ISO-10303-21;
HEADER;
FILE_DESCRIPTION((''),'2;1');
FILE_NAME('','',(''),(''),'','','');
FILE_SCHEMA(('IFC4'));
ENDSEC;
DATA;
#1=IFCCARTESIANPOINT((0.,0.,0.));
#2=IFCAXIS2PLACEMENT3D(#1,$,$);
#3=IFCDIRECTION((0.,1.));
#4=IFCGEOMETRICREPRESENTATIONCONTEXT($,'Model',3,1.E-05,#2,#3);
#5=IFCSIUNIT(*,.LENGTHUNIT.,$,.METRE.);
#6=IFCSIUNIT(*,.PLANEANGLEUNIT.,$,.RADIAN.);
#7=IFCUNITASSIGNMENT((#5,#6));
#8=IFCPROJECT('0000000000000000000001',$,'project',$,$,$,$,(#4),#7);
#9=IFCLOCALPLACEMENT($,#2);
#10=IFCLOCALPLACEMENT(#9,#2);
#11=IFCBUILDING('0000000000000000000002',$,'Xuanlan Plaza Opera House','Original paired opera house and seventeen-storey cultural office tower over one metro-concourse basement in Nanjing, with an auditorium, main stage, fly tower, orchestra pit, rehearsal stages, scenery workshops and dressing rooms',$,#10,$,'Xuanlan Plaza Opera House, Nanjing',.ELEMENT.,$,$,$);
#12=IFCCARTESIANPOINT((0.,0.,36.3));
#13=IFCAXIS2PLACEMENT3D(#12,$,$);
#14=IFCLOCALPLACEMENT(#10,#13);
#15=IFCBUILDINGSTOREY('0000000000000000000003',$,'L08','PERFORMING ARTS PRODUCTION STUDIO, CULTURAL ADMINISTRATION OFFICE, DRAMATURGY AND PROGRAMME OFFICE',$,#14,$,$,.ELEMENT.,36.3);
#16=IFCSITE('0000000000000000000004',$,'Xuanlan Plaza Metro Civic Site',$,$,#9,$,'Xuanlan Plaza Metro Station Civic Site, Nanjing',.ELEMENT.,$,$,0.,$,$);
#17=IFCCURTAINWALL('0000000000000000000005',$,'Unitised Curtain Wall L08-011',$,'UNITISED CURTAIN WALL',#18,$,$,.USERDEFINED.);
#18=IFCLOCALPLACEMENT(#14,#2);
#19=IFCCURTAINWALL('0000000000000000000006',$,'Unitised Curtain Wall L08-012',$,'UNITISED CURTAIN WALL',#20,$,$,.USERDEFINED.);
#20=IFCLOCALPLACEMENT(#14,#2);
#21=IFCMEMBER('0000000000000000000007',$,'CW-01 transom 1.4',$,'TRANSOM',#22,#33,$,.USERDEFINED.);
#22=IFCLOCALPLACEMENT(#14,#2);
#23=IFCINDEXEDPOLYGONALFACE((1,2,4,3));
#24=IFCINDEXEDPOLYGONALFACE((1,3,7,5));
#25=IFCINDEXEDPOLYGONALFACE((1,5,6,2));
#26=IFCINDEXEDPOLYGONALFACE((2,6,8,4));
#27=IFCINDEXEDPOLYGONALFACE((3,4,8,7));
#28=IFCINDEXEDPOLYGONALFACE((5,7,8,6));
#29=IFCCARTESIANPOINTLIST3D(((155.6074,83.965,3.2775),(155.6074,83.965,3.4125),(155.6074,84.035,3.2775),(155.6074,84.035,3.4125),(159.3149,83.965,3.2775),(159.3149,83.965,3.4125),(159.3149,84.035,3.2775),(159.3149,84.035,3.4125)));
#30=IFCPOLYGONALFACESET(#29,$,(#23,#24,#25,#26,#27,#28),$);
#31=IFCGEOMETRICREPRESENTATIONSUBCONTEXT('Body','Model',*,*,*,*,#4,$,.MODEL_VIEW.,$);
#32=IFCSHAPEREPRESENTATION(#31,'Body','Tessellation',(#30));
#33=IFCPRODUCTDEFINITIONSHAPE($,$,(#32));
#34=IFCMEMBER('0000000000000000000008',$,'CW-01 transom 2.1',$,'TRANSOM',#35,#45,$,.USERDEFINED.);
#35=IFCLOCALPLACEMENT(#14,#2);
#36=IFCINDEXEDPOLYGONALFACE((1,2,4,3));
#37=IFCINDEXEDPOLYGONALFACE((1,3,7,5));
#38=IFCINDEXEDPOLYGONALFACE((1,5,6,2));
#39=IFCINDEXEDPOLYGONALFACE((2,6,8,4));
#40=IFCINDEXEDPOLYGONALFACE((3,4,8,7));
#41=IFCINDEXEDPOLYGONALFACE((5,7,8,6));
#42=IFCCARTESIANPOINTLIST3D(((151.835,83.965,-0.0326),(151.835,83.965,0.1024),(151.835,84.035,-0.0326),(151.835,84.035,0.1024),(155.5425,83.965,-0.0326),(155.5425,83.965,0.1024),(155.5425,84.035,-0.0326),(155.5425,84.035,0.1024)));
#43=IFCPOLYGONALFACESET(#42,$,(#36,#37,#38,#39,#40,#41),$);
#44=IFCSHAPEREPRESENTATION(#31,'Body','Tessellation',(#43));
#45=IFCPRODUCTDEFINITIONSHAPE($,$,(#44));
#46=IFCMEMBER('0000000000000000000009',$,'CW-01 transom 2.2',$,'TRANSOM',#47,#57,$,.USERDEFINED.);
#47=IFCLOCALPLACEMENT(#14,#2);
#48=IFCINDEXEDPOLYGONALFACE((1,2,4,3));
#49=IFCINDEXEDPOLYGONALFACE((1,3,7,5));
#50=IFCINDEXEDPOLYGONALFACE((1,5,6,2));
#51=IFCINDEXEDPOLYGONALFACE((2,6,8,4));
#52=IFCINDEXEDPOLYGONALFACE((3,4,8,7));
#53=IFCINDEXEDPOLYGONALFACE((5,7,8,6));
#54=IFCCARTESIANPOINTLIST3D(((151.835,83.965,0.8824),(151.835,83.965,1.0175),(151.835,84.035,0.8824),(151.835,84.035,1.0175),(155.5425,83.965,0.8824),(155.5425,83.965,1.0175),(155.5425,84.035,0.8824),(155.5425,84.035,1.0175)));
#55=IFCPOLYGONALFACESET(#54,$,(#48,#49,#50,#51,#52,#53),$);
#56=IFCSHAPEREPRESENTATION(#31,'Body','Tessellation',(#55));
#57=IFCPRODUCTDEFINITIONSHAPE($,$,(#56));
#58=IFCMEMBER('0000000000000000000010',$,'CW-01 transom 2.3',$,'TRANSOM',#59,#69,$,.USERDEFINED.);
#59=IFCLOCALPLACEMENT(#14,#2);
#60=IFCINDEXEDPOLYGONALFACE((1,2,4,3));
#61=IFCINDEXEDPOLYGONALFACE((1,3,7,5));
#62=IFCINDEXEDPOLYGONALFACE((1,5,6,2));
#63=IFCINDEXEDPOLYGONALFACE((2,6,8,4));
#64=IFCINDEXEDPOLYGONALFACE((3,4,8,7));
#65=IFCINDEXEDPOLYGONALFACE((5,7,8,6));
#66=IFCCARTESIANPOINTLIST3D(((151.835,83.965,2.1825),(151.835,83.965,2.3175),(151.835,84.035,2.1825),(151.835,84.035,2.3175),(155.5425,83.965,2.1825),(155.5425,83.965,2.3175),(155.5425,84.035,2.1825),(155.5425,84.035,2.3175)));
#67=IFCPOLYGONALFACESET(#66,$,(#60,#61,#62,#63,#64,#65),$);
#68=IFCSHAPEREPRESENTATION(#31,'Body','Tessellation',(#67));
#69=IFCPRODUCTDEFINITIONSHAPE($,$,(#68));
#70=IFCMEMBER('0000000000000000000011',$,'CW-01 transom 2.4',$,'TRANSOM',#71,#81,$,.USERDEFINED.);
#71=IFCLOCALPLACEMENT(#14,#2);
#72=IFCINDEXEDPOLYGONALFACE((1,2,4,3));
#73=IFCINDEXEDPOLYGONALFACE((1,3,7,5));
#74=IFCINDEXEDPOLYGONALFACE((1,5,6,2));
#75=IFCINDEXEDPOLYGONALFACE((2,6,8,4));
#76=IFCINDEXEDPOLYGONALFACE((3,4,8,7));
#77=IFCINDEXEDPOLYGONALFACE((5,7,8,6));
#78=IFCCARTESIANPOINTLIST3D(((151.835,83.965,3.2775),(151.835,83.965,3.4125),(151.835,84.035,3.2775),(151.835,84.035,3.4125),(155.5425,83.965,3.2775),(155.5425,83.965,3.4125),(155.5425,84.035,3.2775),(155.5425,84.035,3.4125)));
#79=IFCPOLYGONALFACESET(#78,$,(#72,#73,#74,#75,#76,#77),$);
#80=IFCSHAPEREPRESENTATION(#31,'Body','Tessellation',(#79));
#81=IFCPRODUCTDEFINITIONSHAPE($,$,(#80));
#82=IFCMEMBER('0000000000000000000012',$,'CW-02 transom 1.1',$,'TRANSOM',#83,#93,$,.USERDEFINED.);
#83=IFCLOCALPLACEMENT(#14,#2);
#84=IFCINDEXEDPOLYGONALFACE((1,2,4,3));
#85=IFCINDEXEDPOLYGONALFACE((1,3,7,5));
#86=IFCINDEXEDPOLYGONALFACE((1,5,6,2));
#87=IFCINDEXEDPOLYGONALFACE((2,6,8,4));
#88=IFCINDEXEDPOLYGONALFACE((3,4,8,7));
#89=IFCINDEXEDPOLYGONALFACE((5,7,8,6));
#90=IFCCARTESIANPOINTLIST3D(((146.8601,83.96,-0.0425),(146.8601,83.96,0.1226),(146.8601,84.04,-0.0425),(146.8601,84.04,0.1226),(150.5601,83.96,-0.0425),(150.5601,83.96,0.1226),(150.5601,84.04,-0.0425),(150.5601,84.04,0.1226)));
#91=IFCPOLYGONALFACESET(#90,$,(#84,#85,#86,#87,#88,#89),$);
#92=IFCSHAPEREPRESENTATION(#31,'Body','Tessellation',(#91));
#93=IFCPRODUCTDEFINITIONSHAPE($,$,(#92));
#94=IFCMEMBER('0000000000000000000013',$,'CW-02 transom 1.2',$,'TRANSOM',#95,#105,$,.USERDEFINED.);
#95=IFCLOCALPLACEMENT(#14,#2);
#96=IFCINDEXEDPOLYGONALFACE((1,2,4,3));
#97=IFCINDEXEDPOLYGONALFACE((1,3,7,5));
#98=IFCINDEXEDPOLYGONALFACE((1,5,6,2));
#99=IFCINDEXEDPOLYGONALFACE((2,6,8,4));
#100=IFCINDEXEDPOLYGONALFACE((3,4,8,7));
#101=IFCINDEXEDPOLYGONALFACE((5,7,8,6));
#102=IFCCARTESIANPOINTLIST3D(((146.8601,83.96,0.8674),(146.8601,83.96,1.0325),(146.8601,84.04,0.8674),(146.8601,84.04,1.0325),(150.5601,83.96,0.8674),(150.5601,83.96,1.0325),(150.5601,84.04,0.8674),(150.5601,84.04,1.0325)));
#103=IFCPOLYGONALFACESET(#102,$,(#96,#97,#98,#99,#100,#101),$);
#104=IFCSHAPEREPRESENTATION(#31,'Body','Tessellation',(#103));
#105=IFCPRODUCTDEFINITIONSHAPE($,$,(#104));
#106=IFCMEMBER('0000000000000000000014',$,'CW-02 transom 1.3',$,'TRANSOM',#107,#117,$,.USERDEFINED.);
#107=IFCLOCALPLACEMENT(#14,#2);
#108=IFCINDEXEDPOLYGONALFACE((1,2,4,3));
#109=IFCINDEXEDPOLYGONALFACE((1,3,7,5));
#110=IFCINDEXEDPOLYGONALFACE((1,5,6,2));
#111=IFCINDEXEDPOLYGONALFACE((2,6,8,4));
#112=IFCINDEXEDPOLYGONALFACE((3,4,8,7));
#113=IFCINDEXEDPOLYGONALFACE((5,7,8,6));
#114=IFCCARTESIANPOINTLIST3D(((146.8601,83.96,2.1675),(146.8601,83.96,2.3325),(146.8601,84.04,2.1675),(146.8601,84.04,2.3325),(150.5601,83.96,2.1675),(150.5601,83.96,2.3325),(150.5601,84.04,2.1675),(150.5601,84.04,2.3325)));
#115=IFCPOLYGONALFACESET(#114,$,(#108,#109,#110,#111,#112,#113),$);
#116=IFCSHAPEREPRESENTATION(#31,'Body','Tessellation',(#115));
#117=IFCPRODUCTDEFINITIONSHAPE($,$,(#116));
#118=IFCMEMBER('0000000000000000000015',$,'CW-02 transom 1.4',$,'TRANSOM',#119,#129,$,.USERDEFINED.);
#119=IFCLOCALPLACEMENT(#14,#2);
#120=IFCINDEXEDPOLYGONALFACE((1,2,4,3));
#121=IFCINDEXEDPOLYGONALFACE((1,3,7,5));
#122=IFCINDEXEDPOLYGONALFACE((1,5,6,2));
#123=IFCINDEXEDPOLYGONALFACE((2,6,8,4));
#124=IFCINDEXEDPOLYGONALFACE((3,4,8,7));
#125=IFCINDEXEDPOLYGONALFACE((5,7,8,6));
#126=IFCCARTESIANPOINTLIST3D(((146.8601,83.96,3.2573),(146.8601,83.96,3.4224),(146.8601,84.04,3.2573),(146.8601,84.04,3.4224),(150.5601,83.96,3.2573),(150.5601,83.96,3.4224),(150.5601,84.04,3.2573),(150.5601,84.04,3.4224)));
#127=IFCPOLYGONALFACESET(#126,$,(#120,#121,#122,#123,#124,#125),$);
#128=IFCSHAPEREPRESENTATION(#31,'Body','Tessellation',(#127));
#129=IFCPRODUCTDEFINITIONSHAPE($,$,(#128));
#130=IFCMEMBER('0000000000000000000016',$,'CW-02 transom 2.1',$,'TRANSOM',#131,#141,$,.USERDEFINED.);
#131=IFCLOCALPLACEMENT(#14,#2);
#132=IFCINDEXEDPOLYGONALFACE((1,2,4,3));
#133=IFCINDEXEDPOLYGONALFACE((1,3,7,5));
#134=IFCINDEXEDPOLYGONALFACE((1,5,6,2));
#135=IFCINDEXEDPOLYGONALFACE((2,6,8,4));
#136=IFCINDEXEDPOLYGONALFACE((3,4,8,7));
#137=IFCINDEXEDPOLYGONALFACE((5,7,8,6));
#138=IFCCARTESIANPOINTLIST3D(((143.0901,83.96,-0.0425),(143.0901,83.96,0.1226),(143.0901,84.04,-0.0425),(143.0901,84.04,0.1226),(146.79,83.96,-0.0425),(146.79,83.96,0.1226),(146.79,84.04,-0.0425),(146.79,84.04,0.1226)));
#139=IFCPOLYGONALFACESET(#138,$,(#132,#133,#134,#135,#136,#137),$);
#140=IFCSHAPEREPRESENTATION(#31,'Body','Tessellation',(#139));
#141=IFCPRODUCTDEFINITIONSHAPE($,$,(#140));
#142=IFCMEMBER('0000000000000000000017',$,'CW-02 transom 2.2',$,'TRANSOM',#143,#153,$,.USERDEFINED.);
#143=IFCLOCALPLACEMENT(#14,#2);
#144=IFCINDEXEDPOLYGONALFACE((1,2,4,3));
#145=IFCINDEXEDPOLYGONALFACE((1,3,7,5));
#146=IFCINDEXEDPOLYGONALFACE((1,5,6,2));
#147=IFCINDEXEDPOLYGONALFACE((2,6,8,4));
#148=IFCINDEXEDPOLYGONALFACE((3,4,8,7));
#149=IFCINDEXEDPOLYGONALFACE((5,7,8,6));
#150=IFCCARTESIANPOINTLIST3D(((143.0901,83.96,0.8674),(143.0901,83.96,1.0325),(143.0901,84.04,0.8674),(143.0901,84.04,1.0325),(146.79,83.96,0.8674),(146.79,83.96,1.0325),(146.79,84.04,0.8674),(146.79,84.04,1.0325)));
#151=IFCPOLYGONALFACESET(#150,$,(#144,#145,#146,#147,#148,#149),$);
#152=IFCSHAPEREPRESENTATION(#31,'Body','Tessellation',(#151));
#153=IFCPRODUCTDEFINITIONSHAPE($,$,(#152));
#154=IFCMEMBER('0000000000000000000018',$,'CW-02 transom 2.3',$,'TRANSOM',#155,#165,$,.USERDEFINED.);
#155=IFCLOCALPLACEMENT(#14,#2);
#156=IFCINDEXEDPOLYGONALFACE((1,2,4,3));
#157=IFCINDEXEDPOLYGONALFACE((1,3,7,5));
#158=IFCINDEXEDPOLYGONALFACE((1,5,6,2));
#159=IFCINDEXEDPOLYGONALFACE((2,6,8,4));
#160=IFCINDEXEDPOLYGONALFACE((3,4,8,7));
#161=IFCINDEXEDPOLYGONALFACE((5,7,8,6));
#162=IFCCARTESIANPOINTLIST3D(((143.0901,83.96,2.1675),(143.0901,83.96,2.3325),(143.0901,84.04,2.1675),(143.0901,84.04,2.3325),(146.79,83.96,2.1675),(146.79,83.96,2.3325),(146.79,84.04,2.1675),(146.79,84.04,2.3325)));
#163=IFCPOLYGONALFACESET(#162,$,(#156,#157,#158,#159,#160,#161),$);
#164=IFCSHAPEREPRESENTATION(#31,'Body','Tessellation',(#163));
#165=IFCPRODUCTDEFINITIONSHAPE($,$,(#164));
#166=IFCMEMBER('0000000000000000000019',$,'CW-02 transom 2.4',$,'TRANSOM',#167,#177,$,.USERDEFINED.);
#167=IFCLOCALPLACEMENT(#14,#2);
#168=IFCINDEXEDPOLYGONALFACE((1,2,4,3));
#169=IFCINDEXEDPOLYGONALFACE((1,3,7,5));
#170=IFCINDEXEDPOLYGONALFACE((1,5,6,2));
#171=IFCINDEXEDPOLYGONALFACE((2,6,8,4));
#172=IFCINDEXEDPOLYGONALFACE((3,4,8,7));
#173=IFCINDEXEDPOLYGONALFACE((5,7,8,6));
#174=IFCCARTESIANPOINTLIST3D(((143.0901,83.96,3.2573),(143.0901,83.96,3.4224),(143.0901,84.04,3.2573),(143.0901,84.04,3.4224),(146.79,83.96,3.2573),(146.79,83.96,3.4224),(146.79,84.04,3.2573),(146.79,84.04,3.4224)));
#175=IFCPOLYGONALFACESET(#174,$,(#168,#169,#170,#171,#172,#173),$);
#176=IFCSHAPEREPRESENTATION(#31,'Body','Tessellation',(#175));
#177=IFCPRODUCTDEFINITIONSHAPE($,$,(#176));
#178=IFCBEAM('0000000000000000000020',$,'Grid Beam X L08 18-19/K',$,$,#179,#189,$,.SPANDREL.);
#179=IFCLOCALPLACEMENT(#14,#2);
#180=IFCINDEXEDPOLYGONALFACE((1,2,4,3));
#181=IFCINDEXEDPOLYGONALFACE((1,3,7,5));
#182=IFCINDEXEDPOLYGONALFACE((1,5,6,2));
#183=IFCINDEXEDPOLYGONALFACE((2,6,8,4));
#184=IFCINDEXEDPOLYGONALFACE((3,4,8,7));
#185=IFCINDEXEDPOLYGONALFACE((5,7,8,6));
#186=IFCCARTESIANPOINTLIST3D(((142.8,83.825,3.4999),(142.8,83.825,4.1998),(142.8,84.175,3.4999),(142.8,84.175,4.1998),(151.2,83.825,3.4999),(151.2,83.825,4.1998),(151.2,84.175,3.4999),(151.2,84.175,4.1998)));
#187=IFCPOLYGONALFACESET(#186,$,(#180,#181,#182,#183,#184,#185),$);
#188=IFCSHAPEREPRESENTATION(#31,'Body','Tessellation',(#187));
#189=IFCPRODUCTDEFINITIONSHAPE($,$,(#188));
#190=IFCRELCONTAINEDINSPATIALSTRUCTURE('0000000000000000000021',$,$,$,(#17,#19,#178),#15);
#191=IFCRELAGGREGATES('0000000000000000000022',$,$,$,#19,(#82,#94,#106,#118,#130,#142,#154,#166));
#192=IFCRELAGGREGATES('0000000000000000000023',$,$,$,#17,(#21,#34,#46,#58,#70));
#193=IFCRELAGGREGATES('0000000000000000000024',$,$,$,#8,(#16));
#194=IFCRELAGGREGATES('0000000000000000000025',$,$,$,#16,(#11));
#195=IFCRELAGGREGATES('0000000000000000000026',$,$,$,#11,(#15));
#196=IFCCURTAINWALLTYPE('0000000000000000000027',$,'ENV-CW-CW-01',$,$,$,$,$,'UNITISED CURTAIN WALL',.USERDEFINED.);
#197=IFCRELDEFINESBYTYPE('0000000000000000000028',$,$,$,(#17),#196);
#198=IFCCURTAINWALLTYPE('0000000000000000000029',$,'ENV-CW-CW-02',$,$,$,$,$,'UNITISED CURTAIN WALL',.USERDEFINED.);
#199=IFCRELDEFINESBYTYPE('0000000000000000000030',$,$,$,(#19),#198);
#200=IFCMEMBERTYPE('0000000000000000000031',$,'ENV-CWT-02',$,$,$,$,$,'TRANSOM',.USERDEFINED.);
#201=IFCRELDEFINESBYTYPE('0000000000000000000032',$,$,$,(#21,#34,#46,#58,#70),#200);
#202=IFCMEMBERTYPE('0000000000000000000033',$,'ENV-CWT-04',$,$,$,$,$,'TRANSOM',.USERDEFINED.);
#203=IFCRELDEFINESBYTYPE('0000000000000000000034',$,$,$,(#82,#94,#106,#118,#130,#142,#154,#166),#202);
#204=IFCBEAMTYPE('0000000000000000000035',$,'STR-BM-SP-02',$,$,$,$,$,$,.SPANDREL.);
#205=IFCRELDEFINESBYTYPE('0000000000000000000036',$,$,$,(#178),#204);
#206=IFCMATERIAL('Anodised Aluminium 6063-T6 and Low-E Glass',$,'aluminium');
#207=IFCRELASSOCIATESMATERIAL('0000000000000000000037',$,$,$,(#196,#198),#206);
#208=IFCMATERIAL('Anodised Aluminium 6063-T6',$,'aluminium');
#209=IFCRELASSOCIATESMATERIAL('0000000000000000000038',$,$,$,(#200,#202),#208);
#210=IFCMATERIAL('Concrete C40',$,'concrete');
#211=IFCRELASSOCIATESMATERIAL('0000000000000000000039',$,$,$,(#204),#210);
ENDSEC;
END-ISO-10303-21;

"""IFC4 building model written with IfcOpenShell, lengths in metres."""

from ifc_helpers import new_model, si_unit, direction, frame, origin, origin_2d, place, context, subcontext, project, spatial, rectangle, extrude, material, material_profile, profile_set, type_object, element, aggregate, save


model = new_model("IFC4")

# Units and contexts
model_context = context("Model", 3, precision=1e-05, world=origin(), true_north=direction((0.0, 1.0)))
body_context = subcontext(model_context, "Body", "Model", "MODEL_VIEW")
ifc_project = project(units=[si_unit("LENGTHUNIT", "METRE"), si_unit("PLANEANGLEUNIT", "RADIAN")], contexts=[model_context])

# Site, building, storey
site_placement = place(None, origin())
site = spatial("IfcSite", under=ifc_project, at=site_placement, Name="Xuanlan Plaza Metro Civic Site", LongName="Xuanlan Plaza Metro Station Civic Site, Nanjing", CompositionType="ELEMENT", RefElevation=0.0)
building_placement = place(site_placement, origin())
building = spatial("IfcBuilding", under=site, at=building_placement, Name="Xuanlan Plaza Opera House", Description="Original paired opera house and seventeen-storey cultural office tower over one metro-concourse basement in Nanjing, with an auditorium, main stage, fly tower, orchestra pit, rehearsal stages, scenery workshops and dressing rooms", LongName="Xuanlan Plaza Opera House, Nanjing", CompositionType="ELEMENT")
storey_placement = place(building_placement, frame((0.0, 0.0, 36.3)))
storey = spatial("IfcBuildingStorey", under=building, at=storey_placement, Name="L08", Description="PERFORMING ARTS PRODUCTION STUDIO, CULTURAL ADMINISTRATION OFFICE, DRAMATURGY AND PROGRAMME OFFICE", CompositionType="ELEMENT", Elevation=36.3)

# Curtain walls
ifc_material_1 = material(Name="Anodised Aluminium 6063-T6 and Low-E Glass", Category="aluminium")
curtain_wall_type_1 = type_object("IfcCurtainWallType", Name="ENV-CW-CW-01", ElementType="UNITISED CURTAIN WALL", PredefinedType="USERDEFINED", material=ifc_material_1)
curtain_wall_1_placement = place(storey_placement, origin())
curtain_wall_1 = element("IfcCurtainWall", 1, at=curtain_wall_1_placement, inside=storey, type_object=curtain_wall_type_1, Name="Unitised Curtain Wall L08-011", ObjectType="UNITISED CURTAIN WALL", PredefinedType="USERDEFINED")
ifc_material_2 = material(Name="Anodised Aluminium 6063-T6", Category="aluminium")
curtain_wall_type_2 = type_object("IfcCurtainWallType", Name="ENV-CW-CW-02", ElementType="UNITISED CURTAIN WALL", PredefinedType="USERDEFINED", material=ifc_material_1)
curtain_wall_2_placement = place(storey_placement, origin())
curtain_wall_2 = element("IfcCurtainWall", 2, at=curtain_wall_2_placement, inside=storey, type_object=curtain_wall_type_2, Name="Unitised Curtain Wall L08-012", ObjectType="UNITISED CURTAIN WALL", PredefinedType="USERDEFINED")

# Members
ifc_material_profile_1 = material_profile(ifc_material_2, rectangle(XDim=0.0701, YDim=0.135, at=origin_2d()), Name="ALU-T 70x135")
ifc_profile_set_1 = profile_set([ifc_material_profile_1], Name="Anodised Aluminium 6063-T6")
member_type_1 = type_object("IfcMemberType", Name="ENV-CWT-02", ElementType="TRANSOM", PredefinedType="USERDEFINED", material=ifc_profile_set_1)
member_1_placement = place(storey_placement, frame((159.3149, 84.0, 3.345), z_axis=(-1.0, 0.0, 0.0), x_axis=(0.0, -1.0, 0.0)))
member_1 = element("IfcMember", 3, at=member_1_placement, type_object=member_type_1, Name="CW-01 transom 1.4", ObjectType="TRANSOM", PredefinedType="USERDEFINED", context=body_context, shape_type="SweptSolid", body=[
    extrude(rectangle(XDim=0.0701, YDim=0.135, at=origin_2d()), origin(), (0.0, 0.0, 1.0), 3.7075),
])
member_2_placement = place(storey_placement, frame((155.5425, 84.0, 0.0349), z_axis=(-1.0, 0.0, 0.0), x_axis=(0.0, -1.0, 0.0)))
member_2 = element("IfcMember", 4, at=member_2_placement, type_object=member_type_1, Name="CW-01 transom 2.1", ObjectType="TRANSOM", PredefinedType="USERDEFINED", context=body_context, shape_type="SweptSolid", body=[
    extrude(rectangle(XDim=0.0701, YDim=0.135, at=origin_2d()), origin(), (0.0, 0.0, 1.0), 3.7075),
])
member_3_placement = place(storey_placement, frame((155.5425, 84.0, 0.95), z_axis=(-1.0, 0.0, 0.0), x_axis=(0.0, -1.0, 0.0)))
member_3 = element("IfcMember", 5, at=member_3_placement, type_object=member_type_1, Name="CW-01 transom 2.2", ObjectType="TRANSOM", PredefinedType="USERDEFINED", context=body_context, shape_type="SweptSolid", body=[
    extrude(rectangle(XDim=0.0701, YDim=0.135, at=origin_2d()), origin(), (0.0, 0.0, 1.0), 3.7075),
])
member_4_placement = place(storey_placement, frame((155.5425, 84.0, 2.25), z_axis=(-1.0, 0.0, 0.0), x_axis=(0.0, -1.0, 0.0)))
member_4 = element("IfcMember", 6, at=member_4_placement, type_object=member_type_1, Name="CW-01 transom 2.3", ObjectType="TRANSOM", PredefinedType="USERDEFINED", context=body_context, shape_type="SweptSolid", body=[
    extrude(rectangle(XDim=0.0701, YDim=0.135, at=origin_2d()), origin(), (0.0, 0.0, 1.0), 3.7075),
])
member_5_placement = place(storey_placement, frame((155.5425, 84.0, 3.345), z_axis=(-1.0, 0.0, 0.0), x_axis=(0.0, -1.0, 0.0)))
member_5 = element("IfcMember", 7, at=member_5_placement, type_object=member_type_1, Name="CW-01 transom 2.4", ObjectType="TRANSOM", PredefinedType="USERDEFINED", context=body_context, shape_type="SweptSolid", body=[
    extrude(rectangle(XDim=0.0701, YDim=0.135, at=origin_2d()), origin(), (0.0, 0.0, 1.0), 3.7075),
])
ifc_material_profile_2 = material_profile(ifc_material_2, rectangle(XDim=0.0801, YDim=0.165, at=origin_2d()), Name="ALU-T 80x165")
ifc_profile_set_2 = profile_set([ifc_material_profile_2], Name="Anodised Aluminium 6063-T6")
member_type_2 = type_object("IfcMemberType", Name="ENV-CWT-04", ElementType="TRANSOM", PredefinedType="USERDEFINED", material=ifc_profile_set_2)
member_6_placement = place(storey_placement, frame((150.5601, 84.0, 0.04), z_axis=(-1.0, 0.0, 0.0), x_axis=(0.0, -1.0, 0.0)))
member_6 = element("IfcMember", 8, at=member_6_placement, type_object=member_type_2, Name="CW-02 transom 1.1", ObjectType="TRANSOM", PredefinedType="USERDEFINED", context=body_context, shape_type="SweptSolid", body=[
    extrude(rectangle(XDim=0.0801, YDim=0.165, at=origin_2d()), origin(), (0.0, 0.0, 1.0), 3.7),
])
member_7_placement = place(storey_placement, frame((150.5601, 84.0, 0.95), z_axis=(-1.0, 0.0, 0.0), x_axis=(0.0, -1.0, 0.0)))
member_7 = element("IfcMember", 9, at=member_7_placement, type_object=member_type_2, Name="CW-02 transom 1.2", ObjectType="TRANSOM", PredefinedType="USERDEFINED", context=body_context, shape_type="SweptSolid", body=[
    extrude(rectangle(XDim=0.0801, YDim=0.165, at=origin_2d()), origin(), (0.0, 0.0, 1.0), 3.7),
])
member_8_placement = place(storey_placement, frame((150.5601, 84.0, 2.25), z_axis=(-1.0, 0.0, 0.0), x_axis=(0.0, -1.0, 0.0)))
member_8 = element("IfcMember", 10, at=member_8_placement, type_object=member_type_2, Name="CW-02 transom 1.3", ObjectType="TRANSOM", PredefinedType="USERDEFINED", context=body_context, shape_type="SweptSolid", body=[
    extrude(rectangle(XDim=0.0801, YDim=0.165, at=origin_2d()), origin(), (0.0, 0.0, 1.0), 3.7),
])
member_9_placement = place(storey_placement, frame((150.5601, 84.0, 3.3398), z_axis=(-1.0, 0.0, 0.0), x_axis=(0.0, -1.0, 0.0)))
member_9 = element("IfcMember", 11, at=member_9_placement, type_object=member_type_2, Name="CW-02 transom 1.4", ObjectType="TRANSOM", PredefinedType="USERDEFINED", context=body_context, shape_type="SweptSolid", body=[
    extrude(rectangle(XDim=0.0801, YDim=0.165, at=origin_2d()), origin(), (0.0, 0.0, 1.0), 3.7),
])
member_10_placement = place(storey_placement, frame((146.79, 84.0, 0.04), z_axis=(-1.0, 0.0, 0.0), x_axis=(0.0, -1.0, 0.0)))
member_10 = element("IfcMember", 12, at=member_10_placement, type_object=member_type_2, Name="CW-02 transom 2.1", ObjectType="TRANSOM", PredefinedType="USERDEFINED", context=body_context, shape_type="SweptSolid", body=[
    extrude(rectangle(XDim=0.0801, YDim=0.165, at=origin_2d()), origin(), (0.0, 0.0, 1.0), 3.7),
])
member_11_placement = place(storey_placement, frame((146.79, 84.0, 0.95), z_axis=(-1.0, 0.0, 0.0), x_axis=(0.0, -1.0, 0.0)))
member_11 = element("IfcMember", 13, at=member_11_placement, type_object=member_type_2, Name="CW-02 transom 2.2", ObjectType="TRANSOM", PredefinedType="USERDEFINED", context=body_context, shape_type="SweptSolid", body=[
    extrude(rectangle(XDim=0.0801, YDim=0.165, at=origin_2d()), origin(), (0.0, 0.0, 1.0), 3.7),
])
member_12_placement = place(storey_placement, frame((146.79, 84.0, 2.25), z_axis=(-1.0, 0.0, 0.0), x_axis=(0.0, -1.0, 0.0)))
member_12 = element("IfcMember", 14, at=member_12_placement, type_object=member_type_2, Name="CW-02 transom 2.3", ObjectType="TRANSOM", PredefinedType="USERDEFINED", context=body_context, shape_type="SweptSolid", body=[
    extrude(rectangle(XDim=0.0801, YDim=0.165, at=origin_2d()), origin(), (0.0, 0.0, 1.0), 3.7),
])
member_13_placement = place(storey_placement, frame((146.79, 84.0, 3.3398), z_axis=(-1.0, 0.0, 0.0), x_axis=(0.0, -1.0, 0.0)))
member_13 = element("IfcMember", 15, at=member_13_placement, type_object=member_type_2, Name="CW-02 transom 2.4", ObjectType="TRANSOM", PredefinedType="USERDEFINED", context=body_context, shape_type="SweptSolid", body=[
    extrude(rectangle(XDim=0.0801, YDim=0.165, at=origin_2d()), origin(), (0.0, 0.0, 1.0), 3.7),
])

# Beam
ifc_material_3 = material(Name="Concrete C40", Category="concrete")
ifc_material_profile_3 = material_profile(ifc_material_3, rectangle(XDim=0.3501, YDim=0.7, at=origin_2d()), Name="RC-SPD 350x700")
ifc_profile_set_3 = profile_set([ifc_material_profile_3], Name="Concrete C40")
beam_type = type_object("IfcBeamType", Name="STR-BM-SP-02", PredefinedType="SPANDREL", material=ifc_profile_set_3)
beam_1_placement = place(storey_placement, frame((142.8, 84.0, 3.8499), z_axis=(1.0, 0.0, 0.0), x_axis=(0.0, 1.0, 0.0)))
element("IfcBeam", 16, at=beam_1_placement, inside=storey, type_object=beam_type, Name="Grid Beam X L08 18-19/K", PredefinedType="SPANDREL", context=body_context, shape_type="SweptSolid", body=[
    extrude(rectangle(XDim=0.3501, YDim=0.7, at=origin_2d()), origin(), (0.0, 0.0, 1.0), 8.3999),
])

aggregate(curtain_wall_2, [member_6, member_7, member_8, member_9, member_10, member_11, member_12, member_13])
aggregate(curtain_wall_1, [member_1, member_2, member_3, member_4, member_5])

save(model, "model.ifc")
